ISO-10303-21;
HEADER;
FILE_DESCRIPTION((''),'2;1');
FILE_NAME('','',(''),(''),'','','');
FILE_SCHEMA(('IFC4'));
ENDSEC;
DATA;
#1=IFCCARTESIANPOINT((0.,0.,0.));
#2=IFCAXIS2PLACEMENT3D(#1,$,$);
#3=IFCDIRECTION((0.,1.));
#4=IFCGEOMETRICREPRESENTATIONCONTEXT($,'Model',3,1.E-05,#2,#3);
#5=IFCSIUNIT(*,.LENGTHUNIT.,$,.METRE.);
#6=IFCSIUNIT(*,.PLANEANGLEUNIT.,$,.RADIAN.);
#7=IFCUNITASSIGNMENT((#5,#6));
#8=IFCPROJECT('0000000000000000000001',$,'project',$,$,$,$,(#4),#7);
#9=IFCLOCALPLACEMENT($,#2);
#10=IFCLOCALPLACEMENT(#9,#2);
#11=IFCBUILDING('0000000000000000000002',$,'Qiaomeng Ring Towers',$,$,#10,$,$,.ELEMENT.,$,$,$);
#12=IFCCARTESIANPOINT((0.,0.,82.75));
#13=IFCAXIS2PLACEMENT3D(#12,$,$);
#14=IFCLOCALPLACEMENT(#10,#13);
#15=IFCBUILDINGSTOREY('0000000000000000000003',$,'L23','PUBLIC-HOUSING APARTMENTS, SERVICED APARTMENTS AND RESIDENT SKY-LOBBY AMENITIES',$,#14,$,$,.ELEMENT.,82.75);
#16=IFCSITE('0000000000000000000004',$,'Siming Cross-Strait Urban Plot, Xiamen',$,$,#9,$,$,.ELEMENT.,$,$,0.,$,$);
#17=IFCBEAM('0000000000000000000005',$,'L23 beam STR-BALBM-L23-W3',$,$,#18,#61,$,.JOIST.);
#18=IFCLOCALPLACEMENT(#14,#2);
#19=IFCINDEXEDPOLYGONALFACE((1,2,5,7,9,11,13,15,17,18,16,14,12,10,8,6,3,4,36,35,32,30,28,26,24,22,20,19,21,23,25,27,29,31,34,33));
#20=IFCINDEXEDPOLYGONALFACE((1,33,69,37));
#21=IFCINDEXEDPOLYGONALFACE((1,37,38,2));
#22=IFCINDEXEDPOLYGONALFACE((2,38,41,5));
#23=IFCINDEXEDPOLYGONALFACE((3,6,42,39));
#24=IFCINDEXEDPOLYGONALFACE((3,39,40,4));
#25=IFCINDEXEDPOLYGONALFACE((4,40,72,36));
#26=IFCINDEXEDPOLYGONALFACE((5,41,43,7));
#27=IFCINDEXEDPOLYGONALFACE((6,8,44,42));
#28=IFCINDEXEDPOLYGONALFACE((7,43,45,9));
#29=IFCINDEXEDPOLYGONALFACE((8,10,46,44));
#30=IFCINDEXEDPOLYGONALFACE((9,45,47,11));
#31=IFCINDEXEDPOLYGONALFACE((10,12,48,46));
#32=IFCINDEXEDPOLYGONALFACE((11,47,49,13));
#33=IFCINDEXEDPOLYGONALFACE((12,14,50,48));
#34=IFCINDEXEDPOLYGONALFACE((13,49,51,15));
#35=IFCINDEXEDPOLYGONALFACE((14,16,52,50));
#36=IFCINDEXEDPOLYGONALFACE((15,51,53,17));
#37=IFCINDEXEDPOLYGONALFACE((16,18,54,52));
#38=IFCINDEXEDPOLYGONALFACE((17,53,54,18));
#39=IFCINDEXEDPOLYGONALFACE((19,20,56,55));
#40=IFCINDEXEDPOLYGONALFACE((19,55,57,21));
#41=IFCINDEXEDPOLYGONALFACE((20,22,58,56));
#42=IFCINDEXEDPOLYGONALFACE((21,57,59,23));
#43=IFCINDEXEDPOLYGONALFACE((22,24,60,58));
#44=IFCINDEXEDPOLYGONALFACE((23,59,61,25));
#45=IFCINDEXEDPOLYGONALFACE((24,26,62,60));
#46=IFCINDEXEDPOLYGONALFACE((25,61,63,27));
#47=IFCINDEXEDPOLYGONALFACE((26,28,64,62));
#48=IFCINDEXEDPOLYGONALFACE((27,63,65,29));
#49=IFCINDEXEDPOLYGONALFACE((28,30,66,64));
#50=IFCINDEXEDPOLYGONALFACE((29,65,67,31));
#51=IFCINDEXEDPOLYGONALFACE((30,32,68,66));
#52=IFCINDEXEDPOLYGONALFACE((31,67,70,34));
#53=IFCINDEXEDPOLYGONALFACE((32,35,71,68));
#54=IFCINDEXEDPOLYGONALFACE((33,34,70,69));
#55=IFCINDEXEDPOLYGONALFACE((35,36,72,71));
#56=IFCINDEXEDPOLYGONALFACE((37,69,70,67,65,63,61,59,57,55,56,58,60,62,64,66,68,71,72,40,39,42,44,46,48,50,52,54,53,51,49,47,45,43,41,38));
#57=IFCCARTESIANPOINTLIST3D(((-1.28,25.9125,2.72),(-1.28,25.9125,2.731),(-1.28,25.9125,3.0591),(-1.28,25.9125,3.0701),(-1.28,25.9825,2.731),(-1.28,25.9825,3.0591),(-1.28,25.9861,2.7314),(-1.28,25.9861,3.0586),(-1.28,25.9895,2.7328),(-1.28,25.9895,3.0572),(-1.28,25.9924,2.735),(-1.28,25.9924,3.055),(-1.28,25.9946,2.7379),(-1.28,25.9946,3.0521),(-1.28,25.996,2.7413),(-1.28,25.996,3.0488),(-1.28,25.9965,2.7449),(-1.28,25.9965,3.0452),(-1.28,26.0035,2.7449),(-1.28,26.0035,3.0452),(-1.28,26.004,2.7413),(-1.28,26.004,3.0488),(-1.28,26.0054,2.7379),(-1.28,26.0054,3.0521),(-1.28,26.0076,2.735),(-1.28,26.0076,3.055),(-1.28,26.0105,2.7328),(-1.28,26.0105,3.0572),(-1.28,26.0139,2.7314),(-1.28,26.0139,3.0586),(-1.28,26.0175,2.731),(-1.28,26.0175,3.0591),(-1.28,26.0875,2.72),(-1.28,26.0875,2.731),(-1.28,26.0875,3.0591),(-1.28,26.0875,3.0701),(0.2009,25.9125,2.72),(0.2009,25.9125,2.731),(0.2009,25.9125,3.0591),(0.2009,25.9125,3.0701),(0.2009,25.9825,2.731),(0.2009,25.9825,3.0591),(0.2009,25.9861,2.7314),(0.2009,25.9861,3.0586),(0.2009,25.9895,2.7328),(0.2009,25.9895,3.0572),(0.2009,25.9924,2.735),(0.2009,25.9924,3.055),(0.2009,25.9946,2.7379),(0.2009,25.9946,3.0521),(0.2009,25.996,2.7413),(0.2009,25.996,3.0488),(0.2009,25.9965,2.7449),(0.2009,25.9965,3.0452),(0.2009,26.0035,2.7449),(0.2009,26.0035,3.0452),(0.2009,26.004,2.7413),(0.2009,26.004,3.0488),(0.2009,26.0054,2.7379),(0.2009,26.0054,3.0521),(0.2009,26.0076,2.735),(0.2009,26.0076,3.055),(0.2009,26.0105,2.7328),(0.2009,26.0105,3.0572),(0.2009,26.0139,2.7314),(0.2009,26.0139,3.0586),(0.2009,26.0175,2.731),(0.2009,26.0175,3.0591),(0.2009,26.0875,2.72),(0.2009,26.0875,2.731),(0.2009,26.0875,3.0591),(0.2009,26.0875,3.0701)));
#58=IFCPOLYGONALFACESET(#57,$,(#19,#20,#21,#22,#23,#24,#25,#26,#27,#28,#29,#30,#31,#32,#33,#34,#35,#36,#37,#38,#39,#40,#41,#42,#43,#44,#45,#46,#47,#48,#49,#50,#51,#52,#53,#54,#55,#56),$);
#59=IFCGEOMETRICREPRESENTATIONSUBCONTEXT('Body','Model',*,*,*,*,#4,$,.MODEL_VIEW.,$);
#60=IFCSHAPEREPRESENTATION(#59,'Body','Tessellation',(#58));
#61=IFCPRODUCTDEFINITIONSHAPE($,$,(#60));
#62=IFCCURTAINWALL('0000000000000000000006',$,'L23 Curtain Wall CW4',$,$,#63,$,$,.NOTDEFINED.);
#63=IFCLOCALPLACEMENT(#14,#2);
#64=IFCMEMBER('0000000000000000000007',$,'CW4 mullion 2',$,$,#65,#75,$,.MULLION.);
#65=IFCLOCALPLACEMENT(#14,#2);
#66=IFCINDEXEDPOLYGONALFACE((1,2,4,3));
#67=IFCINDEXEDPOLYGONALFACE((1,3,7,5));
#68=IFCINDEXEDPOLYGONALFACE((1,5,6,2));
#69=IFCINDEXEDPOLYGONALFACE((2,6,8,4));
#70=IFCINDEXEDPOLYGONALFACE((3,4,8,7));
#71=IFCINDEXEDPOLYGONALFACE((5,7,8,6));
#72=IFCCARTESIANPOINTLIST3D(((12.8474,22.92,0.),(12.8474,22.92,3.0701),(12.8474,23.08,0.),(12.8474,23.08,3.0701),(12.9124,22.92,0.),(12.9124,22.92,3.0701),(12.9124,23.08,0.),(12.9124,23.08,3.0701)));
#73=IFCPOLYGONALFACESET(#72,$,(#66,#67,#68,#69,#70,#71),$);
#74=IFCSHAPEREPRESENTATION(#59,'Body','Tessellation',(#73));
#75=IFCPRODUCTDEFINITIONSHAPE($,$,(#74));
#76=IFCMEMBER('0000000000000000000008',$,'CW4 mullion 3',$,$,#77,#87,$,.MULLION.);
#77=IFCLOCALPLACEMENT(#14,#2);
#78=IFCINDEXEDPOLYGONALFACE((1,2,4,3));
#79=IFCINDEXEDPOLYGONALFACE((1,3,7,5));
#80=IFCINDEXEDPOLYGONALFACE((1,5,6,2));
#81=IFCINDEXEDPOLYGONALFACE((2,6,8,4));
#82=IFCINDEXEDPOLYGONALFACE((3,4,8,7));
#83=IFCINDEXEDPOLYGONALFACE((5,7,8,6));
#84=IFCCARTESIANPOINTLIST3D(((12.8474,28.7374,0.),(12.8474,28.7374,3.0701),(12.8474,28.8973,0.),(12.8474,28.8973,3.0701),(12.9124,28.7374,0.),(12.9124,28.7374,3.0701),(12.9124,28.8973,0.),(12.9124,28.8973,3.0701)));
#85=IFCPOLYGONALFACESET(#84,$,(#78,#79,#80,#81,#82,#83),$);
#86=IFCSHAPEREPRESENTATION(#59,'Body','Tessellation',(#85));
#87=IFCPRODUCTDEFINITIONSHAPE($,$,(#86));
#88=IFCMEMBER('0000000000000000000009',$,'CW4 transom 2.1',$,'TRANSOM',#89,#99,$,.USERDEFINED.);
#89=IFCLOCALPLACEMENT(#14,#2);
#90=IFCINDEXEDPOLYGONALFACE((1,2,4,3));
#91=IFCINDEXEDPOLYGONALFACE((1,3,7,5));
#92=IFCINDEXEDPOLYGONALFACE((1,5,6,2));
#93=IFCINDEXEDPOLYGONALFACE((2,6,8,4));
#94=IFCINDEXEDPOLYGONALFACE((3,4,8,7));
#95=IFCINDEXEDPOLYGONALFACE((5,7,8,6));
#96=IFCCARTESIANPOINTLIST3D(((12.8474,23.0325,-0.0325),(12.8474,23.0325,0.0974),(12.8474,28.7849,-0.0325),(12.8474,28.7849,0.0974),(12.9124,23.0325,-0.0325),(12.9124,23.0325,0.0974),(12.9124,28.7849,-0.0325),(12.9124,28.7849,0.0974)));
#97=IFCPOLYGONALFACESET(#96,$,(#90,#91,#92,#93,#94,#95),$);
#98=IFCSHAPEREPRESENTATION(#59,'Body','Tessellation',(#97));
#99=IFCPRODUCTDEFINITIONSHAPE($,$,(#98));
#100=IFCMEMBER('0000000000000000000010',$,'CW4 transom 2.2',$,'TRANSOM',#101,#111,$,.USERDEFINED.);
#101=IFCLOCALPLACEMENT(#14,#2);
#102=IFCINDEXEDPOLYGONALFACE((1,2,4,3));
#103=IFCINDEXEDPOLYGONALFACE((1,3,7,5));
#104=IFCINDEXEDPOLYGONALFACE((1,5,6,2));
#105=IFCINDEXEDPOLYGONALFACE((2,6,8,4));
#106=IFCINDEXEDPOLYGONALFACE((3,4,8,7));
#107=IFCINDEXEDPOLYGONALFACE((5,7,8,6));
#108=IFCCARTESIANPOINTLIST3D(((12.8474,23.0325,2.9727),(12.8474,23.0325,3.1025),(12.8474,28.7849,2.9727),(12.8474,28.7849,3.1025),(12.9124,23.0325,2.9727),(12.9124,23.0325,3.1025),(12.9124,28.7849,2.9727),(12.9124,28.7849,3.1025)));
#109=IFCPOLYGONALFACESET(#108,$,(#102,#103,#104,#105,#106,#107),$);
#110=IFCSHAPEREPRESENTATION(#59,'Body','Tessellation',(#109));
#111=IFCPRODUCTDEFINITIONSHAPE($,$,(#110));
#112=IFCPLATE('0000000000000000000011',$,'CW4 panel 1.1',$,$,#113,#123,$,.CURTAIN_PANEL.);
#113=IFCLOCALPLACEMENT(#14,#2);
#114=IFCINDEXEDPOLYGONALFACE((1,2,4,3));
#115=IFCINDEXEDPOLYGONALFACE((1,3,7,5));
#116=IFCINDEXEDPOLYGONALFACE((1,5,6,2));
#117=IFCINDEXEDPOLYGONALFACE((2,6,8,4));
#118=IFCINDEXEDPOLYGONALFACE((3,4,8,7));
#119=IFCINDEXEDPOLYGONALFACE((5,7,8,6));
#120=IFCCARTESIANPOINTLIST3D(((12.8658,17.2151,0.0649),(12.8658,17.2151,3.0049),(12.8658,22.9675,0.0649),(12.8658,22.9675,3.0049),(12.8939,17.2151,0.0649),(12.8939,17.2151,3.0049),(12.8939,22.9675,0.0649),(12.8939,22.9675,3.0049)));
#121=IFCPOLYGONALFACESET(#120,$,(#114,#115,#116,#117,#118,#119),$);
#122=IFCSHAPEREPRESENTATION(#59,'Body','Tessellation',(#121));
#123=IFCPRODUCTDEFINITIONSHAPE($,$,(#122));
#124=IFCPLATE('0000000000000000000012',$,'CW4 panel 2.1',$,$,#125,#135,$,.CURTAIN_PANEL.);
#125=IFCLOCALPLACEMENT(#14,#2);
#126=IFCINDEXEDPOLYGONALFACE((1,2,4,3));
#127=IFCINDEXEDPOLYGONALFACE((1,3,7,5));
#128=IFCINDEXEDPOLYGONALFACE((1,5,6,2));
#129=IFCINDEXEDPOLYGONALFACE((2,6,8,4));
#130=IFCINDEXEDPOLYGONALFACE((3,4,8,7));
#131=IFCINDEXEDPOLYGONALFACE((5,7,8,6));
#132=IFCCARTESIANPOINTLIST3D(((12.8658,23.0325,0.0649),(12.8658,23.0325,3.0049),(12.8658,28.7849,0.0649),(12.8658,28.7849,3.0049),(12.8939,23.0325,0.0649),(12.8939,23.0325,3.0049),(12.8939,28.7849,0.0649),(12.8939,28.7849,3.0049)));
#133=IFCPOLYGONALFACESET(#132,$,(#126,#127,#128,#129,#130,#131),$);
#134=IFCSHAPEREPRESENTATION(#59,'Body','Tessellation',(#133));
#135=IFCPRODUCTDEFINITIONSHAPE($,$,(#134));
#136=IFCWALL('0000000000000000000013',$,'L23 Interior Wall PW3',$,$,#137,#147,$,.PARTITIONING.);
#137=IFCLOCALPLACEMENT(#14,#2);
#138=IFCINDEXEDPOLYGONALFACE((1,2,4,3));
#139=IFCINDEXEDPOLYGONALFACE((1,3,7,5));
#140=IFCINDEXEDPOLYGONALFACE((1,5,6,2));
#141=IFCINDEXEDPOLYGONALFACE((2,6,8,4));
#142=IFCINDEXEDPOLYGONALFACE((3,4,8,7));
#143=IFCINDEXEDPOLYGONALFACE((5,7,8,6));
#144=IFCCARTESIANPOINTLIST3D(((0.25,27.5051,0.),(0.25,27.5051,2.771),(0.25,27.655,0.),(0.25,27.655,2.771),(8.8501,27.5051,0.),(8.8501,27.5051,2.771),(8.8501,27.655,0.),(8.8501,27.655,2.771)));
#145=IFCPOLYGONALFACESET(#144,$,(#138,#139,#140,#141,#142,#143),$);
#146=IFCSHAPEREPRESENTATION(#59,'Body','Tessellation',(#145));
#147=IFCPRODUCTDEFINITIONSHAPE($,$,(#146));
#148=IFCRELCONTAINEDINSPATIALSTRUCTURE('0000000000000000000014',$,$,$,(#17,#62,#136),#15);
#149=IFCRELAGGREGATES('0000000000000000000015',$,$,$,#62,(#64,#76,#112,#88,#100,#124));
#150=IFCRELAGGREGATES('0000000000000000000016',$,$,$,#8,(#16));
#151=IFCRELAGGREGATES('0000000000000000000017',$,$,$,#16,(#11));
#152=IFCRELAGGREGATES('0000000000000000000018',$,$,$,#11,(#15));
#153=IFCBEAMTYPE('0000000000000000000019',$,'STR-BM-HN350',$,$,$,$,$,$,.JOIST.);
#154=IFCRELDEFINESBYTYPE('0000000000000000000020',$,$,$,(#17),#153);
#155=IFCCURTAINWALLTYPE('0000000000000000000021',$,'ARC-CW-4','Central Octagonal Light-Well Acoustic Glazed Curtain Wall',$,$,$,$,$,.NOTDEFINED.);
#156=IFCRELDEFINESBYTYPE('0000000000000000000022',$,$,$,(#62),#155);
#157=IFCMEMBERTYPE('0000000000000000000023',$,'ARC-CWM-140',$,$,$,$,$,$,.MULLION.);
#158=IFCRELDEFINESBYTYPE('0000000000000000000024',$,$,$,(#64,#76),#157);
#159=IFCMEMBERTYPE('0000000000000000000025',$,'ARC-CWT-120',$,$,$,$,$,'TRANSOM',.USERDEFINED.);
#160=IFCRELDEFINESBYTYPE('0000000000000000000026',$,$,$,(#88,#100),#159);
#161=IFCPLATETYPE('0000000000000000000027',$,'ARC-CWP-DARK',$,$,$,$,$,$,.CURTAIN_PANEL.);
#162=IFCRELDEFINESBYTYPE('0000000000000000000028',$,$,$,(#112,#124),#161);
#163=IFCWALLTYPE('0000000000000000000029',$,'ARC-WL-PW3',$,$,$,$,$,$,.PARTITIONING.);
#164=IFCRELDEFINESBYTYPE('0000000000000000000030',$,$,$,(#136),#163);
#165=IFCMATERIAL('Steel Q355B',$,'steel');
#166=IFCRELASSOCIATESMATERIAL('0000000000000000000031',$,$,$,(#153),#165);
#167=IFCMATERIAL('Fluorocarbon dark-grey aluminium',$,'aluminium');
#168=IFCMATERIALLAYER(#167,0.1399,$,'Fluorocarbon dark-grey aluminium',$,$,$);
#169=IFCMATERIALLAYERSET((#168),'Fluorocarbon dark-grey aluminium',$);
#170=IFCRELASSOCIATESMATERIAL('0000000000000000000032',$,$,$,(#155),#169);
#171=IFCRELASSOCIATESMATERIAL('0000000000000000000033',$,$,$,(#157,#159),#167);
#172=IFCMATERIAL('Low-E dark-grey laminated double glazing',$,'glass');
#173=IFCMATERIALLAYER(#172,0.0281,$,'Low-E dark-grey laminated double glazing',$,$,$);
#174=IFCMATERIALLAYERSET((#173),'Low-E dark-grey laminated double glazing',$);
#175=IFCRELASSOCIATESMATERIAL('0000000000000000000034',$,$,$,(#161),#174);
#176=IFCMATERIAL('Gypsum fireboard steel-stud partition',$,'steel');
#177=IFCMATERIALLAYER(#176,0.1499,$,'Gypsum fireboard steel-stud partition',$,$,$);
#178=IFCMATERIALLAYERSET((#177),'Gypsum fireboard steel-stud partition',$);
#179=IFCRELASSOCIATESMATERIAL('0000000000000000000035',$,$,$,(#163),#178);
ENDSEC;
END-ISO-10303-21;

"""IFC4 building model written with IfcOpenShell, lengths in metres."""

from ifc_helpers import new_model, si_unit, direction, frame, frame_2d, origin, origin_2d, place, context, subcontext, project, spatial, rectangle, i_section, extrude, source, transform, mapped, material, layer, layer_set, material_profile, profile_set, type_object, element, aggregate, save


model = new_model("IFC4")

# Units and contexts
model_context = context("Model", 3, precision=1e-05, world=origin(), true_north=direction((0.0, 1.0)))
body_context = subcontext(model_context, "Body", "Model", "MODEL_VIEW")
ifc_project = project(units=[si_unit("LENGTHUNIT", "METRE"), si_unit("PLANEANGLEUNIT", "RADIAN")], contexts=[model_context])

# Site, building, storey
site_placement = place(None, origin())
site = spatial("IfcSite", under=ifc_project, at=site_placement, Name="Siming Cross-Strait Urban Plot, Xiamen", CompositionType="ELEMENT", RefElevation=0.0)
building_placement = place(site_placement, origin())
building = spatial("IfcBuilding", under=site, at=building_placement, Name="Qiaomeng Ring Towers", CompositionType="ELEMENT")
storey_placement = place(building_placement, frame((0.0, 0.0, 82.75)))
storey = spatial("IfcBuildingStorey", under=building, at=storey_placement, Name="L23", Description="PUBLIC-HOUSING APARTMENTS, SERVICED APARTMENTS AND RESIDENT SKY-LOBBY AMENITIES", CompositionType="ELEMENT", Elevation=82.75)

# Beam
ifc_material_1 = material(Name="Steel Q355B", Category="steel")
ifc_material_profile_1 = material_profile(ifc_material_1, i_section(OverallWidth=0.175, OverallDepth=0.3501, WebThickness=0.0071, FlangeThickness=0.011, FilletRadius=0.0139, at=origin_2d()), Name="HN 350x175x7x11")
ifc_profile_set_1 = profile_set([ifc_material_profile_1], Name="Steel Q355B")
beam_type_1 = type_object("IfcBeamType", Name="STR-BM-HN350", PredefinedType="JOIST", material=ifc_profile_set_1)
shared_shape_1 = source(origin(), body_context, "Body", "SweptSolid", [
    extrude(i_section(OverallWidth=0.175, OverallDepth=0.3501, WebThickness=0.0071, FlangeThickness=0.011, FilletRadius=0.0139, at=origin_2d()), origin(), (0.0, 0.0, 1.0), 1.481),
])
beam_1_placement = place(storey_placement, frame((-1.28, 26.0, 2.895), z_axis=(1.0, 0.0, 0.0), x_axis=(0.0, 1.0, 0.0)))
element("IfcBeam", 1, at=beam_1_placement, inside=storey, type_object=beam_type_1, Name="L23 beam STR-BALBM-L23-W3", PredefinedType="JOIST", context=body_context, shape_type="MappedRepresentation", body=[
    mapped(shared_shape_1, transform((0.0, 0.0, 0.0), x_axis=(1.0, 0.0, 0.0), y_axis=(0.0, 1.0, 0.0), z_axis=(0.0, 0.0, 1.0), scale=1.0)),
])

# Curtain wall, members, plates
ifc_material_2 = material(Name="Fluorocarbon dark-grey aluminium", Category="aluminium")
ifc_layer_1 = layer(ifc_material_2, 0.1399, Name="Fluorocarbon dark-grey aluminium")
ifc_layer_set_1 = layer_set([ifc_layer_1], Name="Fluorocarbon dark-grey aluminium")
curtain_wall_type = type_object("IfcCurtainWallType", Name="ARC-CW-4", Description="Central Octagonal Light-Well Acoustic Glazed Curtain Wall", PredefinedType="NOTDEFINED", material=ifc_layer_set_1)
curtain_wall_placement = place(storey_placement, origin())
curtain_wall = element("IfcCurtainWall", 2, at=curtain_wall_placement, inside=storey, type_object=curtain_wall_type, Name="L23 Curtain Wall CW4", PredefinedType="NOTDEFINED")
ifc_material_profile_2 = material_profile(ifc_material_2, rectangle(XDim=0.0649, YDim=0.1599, at=origin_2d()), Name="ALU MULL 65x160")
ifc_profile_set_2 = profile_set([ifc_material_profile_2], Name="Fluorocarbon dark-grey aluminium")
member_type_1 = type_object("IfcMemberType", Name="ARC-CWM-140", PredefinedType="MULLION", material=ifc_profile_set_2)
shared_shape_2 = source(origin(), body_context, "Body", "SweptSolid", [
    extrude(rectangle(XDim=0.0649, YDim=0.1599, at=origin_2d()), origin(), (0.0, 0.0, 1.0), 3.0701),
])
member_1_placement = place(storey_placement, frame((12.8799, 23.0, 0.0), z_axis=(0.0, 0.0, 1.0), x_axis=(-1.0, 0.0, 0.0)))
member_1 = element("IfcMember", 3, at=member_1_placement, type_object=member_type_1, Name="CW4 mullion 2", PredefinedType="MULLION", context=body_context, shape_type="MappedRepresentation", body=[
    mapped(shared_shape_2, transform((0.0, 0.0, 0.0), x_axis=(1.0, 0.0, 0.0), y_axis=(0.0, 1.0, 0.0), z_axis=(0.0, 0.0, 1.0), scale=1.0)),
])
member_2_placement = place(storey_placement, frame((12.8799, 28.8174, 0.0), z_axis=(0.0, 0.0, 1.0), x_axis=(-1.0, 0.0, 0.0)))
member_2 = element("IfcMember", 4, at=member_2_placement, type_object=member_type_1, Name="CW4 mullion 3", PredefinedType="MULLION", context=body_context, shape_type="MappedRepresentation", body=[
    mapped(shared_shape_2, transform((0.0, 0.0, 0.0), x_axis=(1.0, 0.0, 0.0), y_axis=(0.0, 1.0, 0.0), z_axis=(0.0, 0.0, 1.0), scale=1.0)),
])
ifc_material_profile_3 = material_profile(ifc_material_2, rectangle(XDim=0.0649, YDim=0.1299, at=origin_2d()), Name="ALU TRAN 65x130")
ifc_profile_set_3 = profile_set([ifc_material_profile_3], Name="Fluorocarbon dark-grey aluminium")
member_type_2 = type_object("IfcMemberType", Name="ARC-CWT-120", ElementType="TRANSOM", PredefinedType="USERDEFINED", material=ifc_profile_set_3)
shared_shape_3 = source(origin(), body_context, "Body", "SweptSolid", [
    extrude(rectangle(XDim=0.0649, YDim=0.1299, at=origin_2d()), origin(), (0.0, 0.0, 1.0), 5.7524),
])
member_3_placement = place(storey_placement, frame((12.8799, 23.0325, 0.0325), z_axis=(0.0, 1.0, 0.0), x_axis=(-1.0, 0.0, 0.0)))
member_3 = element("IfcMember", 5, at=member_3_placement, type_object=member_type_2, Name="CW4 transom 2.1", ObjectType="TRANSOM", PredefinedType="USERDEFINED", context=body_context, shape_type="MappedRepresentation", body=[
    mapped(shared_shape_3, transform((0.0, 0.0, 0.0), x_axis=(1.0, 0.0, 0.0), y_axis=(0.0, 1.0, 0.0), z_axis=(0.0, 0.0, 1.0), scale=1.0)),
])
member_4_placement = place(storey_placement, frame((12.8799, 23.0325, 3.0376), z_axis=(0.0, 1.0, 0.0), x_axis=(-1.0, 0.0, 0.0)))
member_4 = element("IfcMember", 6, at=member_4_placement, type_object=member_type_2, Name="CW4 transom 2.2", ObjectType="TRANSOM", PredefinedType="USERDEFINED", context=body_context, shape_type="MappedRepresentation", body=[
    mapped(shared_shape_3, transform((0.0, 0.0, 0.0), x_axis=(1.0, 0.0, 0.0), y_axis=(0.0, 1.0, 0.0), z_axis=(0.0, 0.0, 1.0), scale=1.0)),
])
ifc_material_3 = material(Name="Low-E dark-grey laminated double glazing", Category="glass")
ifc_layer_2 = layer(ifc_material_3, 0.0281, Name="Low-E dark-grey laminated double glazing")
ifc_layer_set_2 = layer_set([ifc_layer_2], Name="Low-E dark-grey laminated double glazing")
plate_type = type_object("IfcPlateType", Name="ARC-CWP-DARK", PredefinedType="CURTAIN_PANEL", material=ifc_layer_set_2)
shared_shape_4 = source(origin(), body_context, "Body", "SweptSolid", [
    extrude(rectangle(XDim=5.7524, YDim=0.0281, at=origin_2d()), origin(), (0.0, 0.0, 1.0), 2.9399),
])
plate_1_placement = place(storey_placement, frame((12.8799, 20.0913, 0.0649), z_axis=(0.0, 0.0, 1.0), x_axis=(0.0, 1.0, 0.0)))
plate_1 = element("IfcPlate", 7, at=plate_1_placement, type_object=plate_type, Name="CW4 panel 1.1", PredefinedType="CURTAIN_PANEL", context=body_context, shape_type="MappedRepresentation", body=[
    mapped(shared_shape_4, transform((0.0, 0.0, 0.0), x_axis=(1.0, 0.0, 0.0), y_axis=(0.0, 1.0, 0.0), z_axis=(0.0, 0.0, 1.0), scale=1.0)),
])
plate_2_placement = place(storey_placement, frame((12.8799, 25.9087, 0.0649), z_axis=(0.0, 0.0, 1.0), x_axis=(0.0, 1.0, 0.0)))
plate_2 = element("IfcPlate", 8, at=plate_2_placement, type_object=plate_type, Name="CW4 panel 2.1", PredefinedType="CURTAIN_PANEL", context=body_context, shape_type="MappedRepresentation", body=[
    mapped(shared_shape_4, transform((0.0, 0.0, 0.0), x_axis=(1.0, 0.0, 0.0), y_axis=(0.0, 1.0, 0.0), z_axis=(0.0, 0.0, 1.0), scale=1.0)),
])
aggregate(curtain_wall, [member_1, member_2, plate_1, member_3, member_4, plate_2])

# Wall
ifc_material_4 = material(Name="Gypsum fireboard steel-stud partition", Category="steel")
ifc_layer_3 = layer(ifc_material_4, 0.1499, Name="Gypsum fireboard steel-stud partition")
ifc_layer_set_3 = layer_set([ifc_layer_3], Name="Gypsum fireboard steel-stud partition")
wall_type_1 = type_object("IfcWallType", Name="ARC-WL-PW3", PredefinedType="PARTITIONING", material=ifc_layer_set_3)
wall_1_placement = place(storey_placement, frame((0.25, 27.5801, 0.0), z_axis=(0.0, 0.0, 1.0), x_axis=(1.0, 0.0, 0.0)))
element("IfcWall", 9, at=wall_1_placement, inside=storey, type_object=wall_type_1, Name="L23 Interior Wall PW3", PredefinedType="PARTITIONING", context=body_context, shape_type="SweptSolid", body=[
    extrude(rectangle(XDim=8.6001, YDim=0.1499, at=frame_2d((4.3, 0.0))), origin(), (0.0, 0.0, 1.0), 2.771),
])

save(model, "model.ifc")
